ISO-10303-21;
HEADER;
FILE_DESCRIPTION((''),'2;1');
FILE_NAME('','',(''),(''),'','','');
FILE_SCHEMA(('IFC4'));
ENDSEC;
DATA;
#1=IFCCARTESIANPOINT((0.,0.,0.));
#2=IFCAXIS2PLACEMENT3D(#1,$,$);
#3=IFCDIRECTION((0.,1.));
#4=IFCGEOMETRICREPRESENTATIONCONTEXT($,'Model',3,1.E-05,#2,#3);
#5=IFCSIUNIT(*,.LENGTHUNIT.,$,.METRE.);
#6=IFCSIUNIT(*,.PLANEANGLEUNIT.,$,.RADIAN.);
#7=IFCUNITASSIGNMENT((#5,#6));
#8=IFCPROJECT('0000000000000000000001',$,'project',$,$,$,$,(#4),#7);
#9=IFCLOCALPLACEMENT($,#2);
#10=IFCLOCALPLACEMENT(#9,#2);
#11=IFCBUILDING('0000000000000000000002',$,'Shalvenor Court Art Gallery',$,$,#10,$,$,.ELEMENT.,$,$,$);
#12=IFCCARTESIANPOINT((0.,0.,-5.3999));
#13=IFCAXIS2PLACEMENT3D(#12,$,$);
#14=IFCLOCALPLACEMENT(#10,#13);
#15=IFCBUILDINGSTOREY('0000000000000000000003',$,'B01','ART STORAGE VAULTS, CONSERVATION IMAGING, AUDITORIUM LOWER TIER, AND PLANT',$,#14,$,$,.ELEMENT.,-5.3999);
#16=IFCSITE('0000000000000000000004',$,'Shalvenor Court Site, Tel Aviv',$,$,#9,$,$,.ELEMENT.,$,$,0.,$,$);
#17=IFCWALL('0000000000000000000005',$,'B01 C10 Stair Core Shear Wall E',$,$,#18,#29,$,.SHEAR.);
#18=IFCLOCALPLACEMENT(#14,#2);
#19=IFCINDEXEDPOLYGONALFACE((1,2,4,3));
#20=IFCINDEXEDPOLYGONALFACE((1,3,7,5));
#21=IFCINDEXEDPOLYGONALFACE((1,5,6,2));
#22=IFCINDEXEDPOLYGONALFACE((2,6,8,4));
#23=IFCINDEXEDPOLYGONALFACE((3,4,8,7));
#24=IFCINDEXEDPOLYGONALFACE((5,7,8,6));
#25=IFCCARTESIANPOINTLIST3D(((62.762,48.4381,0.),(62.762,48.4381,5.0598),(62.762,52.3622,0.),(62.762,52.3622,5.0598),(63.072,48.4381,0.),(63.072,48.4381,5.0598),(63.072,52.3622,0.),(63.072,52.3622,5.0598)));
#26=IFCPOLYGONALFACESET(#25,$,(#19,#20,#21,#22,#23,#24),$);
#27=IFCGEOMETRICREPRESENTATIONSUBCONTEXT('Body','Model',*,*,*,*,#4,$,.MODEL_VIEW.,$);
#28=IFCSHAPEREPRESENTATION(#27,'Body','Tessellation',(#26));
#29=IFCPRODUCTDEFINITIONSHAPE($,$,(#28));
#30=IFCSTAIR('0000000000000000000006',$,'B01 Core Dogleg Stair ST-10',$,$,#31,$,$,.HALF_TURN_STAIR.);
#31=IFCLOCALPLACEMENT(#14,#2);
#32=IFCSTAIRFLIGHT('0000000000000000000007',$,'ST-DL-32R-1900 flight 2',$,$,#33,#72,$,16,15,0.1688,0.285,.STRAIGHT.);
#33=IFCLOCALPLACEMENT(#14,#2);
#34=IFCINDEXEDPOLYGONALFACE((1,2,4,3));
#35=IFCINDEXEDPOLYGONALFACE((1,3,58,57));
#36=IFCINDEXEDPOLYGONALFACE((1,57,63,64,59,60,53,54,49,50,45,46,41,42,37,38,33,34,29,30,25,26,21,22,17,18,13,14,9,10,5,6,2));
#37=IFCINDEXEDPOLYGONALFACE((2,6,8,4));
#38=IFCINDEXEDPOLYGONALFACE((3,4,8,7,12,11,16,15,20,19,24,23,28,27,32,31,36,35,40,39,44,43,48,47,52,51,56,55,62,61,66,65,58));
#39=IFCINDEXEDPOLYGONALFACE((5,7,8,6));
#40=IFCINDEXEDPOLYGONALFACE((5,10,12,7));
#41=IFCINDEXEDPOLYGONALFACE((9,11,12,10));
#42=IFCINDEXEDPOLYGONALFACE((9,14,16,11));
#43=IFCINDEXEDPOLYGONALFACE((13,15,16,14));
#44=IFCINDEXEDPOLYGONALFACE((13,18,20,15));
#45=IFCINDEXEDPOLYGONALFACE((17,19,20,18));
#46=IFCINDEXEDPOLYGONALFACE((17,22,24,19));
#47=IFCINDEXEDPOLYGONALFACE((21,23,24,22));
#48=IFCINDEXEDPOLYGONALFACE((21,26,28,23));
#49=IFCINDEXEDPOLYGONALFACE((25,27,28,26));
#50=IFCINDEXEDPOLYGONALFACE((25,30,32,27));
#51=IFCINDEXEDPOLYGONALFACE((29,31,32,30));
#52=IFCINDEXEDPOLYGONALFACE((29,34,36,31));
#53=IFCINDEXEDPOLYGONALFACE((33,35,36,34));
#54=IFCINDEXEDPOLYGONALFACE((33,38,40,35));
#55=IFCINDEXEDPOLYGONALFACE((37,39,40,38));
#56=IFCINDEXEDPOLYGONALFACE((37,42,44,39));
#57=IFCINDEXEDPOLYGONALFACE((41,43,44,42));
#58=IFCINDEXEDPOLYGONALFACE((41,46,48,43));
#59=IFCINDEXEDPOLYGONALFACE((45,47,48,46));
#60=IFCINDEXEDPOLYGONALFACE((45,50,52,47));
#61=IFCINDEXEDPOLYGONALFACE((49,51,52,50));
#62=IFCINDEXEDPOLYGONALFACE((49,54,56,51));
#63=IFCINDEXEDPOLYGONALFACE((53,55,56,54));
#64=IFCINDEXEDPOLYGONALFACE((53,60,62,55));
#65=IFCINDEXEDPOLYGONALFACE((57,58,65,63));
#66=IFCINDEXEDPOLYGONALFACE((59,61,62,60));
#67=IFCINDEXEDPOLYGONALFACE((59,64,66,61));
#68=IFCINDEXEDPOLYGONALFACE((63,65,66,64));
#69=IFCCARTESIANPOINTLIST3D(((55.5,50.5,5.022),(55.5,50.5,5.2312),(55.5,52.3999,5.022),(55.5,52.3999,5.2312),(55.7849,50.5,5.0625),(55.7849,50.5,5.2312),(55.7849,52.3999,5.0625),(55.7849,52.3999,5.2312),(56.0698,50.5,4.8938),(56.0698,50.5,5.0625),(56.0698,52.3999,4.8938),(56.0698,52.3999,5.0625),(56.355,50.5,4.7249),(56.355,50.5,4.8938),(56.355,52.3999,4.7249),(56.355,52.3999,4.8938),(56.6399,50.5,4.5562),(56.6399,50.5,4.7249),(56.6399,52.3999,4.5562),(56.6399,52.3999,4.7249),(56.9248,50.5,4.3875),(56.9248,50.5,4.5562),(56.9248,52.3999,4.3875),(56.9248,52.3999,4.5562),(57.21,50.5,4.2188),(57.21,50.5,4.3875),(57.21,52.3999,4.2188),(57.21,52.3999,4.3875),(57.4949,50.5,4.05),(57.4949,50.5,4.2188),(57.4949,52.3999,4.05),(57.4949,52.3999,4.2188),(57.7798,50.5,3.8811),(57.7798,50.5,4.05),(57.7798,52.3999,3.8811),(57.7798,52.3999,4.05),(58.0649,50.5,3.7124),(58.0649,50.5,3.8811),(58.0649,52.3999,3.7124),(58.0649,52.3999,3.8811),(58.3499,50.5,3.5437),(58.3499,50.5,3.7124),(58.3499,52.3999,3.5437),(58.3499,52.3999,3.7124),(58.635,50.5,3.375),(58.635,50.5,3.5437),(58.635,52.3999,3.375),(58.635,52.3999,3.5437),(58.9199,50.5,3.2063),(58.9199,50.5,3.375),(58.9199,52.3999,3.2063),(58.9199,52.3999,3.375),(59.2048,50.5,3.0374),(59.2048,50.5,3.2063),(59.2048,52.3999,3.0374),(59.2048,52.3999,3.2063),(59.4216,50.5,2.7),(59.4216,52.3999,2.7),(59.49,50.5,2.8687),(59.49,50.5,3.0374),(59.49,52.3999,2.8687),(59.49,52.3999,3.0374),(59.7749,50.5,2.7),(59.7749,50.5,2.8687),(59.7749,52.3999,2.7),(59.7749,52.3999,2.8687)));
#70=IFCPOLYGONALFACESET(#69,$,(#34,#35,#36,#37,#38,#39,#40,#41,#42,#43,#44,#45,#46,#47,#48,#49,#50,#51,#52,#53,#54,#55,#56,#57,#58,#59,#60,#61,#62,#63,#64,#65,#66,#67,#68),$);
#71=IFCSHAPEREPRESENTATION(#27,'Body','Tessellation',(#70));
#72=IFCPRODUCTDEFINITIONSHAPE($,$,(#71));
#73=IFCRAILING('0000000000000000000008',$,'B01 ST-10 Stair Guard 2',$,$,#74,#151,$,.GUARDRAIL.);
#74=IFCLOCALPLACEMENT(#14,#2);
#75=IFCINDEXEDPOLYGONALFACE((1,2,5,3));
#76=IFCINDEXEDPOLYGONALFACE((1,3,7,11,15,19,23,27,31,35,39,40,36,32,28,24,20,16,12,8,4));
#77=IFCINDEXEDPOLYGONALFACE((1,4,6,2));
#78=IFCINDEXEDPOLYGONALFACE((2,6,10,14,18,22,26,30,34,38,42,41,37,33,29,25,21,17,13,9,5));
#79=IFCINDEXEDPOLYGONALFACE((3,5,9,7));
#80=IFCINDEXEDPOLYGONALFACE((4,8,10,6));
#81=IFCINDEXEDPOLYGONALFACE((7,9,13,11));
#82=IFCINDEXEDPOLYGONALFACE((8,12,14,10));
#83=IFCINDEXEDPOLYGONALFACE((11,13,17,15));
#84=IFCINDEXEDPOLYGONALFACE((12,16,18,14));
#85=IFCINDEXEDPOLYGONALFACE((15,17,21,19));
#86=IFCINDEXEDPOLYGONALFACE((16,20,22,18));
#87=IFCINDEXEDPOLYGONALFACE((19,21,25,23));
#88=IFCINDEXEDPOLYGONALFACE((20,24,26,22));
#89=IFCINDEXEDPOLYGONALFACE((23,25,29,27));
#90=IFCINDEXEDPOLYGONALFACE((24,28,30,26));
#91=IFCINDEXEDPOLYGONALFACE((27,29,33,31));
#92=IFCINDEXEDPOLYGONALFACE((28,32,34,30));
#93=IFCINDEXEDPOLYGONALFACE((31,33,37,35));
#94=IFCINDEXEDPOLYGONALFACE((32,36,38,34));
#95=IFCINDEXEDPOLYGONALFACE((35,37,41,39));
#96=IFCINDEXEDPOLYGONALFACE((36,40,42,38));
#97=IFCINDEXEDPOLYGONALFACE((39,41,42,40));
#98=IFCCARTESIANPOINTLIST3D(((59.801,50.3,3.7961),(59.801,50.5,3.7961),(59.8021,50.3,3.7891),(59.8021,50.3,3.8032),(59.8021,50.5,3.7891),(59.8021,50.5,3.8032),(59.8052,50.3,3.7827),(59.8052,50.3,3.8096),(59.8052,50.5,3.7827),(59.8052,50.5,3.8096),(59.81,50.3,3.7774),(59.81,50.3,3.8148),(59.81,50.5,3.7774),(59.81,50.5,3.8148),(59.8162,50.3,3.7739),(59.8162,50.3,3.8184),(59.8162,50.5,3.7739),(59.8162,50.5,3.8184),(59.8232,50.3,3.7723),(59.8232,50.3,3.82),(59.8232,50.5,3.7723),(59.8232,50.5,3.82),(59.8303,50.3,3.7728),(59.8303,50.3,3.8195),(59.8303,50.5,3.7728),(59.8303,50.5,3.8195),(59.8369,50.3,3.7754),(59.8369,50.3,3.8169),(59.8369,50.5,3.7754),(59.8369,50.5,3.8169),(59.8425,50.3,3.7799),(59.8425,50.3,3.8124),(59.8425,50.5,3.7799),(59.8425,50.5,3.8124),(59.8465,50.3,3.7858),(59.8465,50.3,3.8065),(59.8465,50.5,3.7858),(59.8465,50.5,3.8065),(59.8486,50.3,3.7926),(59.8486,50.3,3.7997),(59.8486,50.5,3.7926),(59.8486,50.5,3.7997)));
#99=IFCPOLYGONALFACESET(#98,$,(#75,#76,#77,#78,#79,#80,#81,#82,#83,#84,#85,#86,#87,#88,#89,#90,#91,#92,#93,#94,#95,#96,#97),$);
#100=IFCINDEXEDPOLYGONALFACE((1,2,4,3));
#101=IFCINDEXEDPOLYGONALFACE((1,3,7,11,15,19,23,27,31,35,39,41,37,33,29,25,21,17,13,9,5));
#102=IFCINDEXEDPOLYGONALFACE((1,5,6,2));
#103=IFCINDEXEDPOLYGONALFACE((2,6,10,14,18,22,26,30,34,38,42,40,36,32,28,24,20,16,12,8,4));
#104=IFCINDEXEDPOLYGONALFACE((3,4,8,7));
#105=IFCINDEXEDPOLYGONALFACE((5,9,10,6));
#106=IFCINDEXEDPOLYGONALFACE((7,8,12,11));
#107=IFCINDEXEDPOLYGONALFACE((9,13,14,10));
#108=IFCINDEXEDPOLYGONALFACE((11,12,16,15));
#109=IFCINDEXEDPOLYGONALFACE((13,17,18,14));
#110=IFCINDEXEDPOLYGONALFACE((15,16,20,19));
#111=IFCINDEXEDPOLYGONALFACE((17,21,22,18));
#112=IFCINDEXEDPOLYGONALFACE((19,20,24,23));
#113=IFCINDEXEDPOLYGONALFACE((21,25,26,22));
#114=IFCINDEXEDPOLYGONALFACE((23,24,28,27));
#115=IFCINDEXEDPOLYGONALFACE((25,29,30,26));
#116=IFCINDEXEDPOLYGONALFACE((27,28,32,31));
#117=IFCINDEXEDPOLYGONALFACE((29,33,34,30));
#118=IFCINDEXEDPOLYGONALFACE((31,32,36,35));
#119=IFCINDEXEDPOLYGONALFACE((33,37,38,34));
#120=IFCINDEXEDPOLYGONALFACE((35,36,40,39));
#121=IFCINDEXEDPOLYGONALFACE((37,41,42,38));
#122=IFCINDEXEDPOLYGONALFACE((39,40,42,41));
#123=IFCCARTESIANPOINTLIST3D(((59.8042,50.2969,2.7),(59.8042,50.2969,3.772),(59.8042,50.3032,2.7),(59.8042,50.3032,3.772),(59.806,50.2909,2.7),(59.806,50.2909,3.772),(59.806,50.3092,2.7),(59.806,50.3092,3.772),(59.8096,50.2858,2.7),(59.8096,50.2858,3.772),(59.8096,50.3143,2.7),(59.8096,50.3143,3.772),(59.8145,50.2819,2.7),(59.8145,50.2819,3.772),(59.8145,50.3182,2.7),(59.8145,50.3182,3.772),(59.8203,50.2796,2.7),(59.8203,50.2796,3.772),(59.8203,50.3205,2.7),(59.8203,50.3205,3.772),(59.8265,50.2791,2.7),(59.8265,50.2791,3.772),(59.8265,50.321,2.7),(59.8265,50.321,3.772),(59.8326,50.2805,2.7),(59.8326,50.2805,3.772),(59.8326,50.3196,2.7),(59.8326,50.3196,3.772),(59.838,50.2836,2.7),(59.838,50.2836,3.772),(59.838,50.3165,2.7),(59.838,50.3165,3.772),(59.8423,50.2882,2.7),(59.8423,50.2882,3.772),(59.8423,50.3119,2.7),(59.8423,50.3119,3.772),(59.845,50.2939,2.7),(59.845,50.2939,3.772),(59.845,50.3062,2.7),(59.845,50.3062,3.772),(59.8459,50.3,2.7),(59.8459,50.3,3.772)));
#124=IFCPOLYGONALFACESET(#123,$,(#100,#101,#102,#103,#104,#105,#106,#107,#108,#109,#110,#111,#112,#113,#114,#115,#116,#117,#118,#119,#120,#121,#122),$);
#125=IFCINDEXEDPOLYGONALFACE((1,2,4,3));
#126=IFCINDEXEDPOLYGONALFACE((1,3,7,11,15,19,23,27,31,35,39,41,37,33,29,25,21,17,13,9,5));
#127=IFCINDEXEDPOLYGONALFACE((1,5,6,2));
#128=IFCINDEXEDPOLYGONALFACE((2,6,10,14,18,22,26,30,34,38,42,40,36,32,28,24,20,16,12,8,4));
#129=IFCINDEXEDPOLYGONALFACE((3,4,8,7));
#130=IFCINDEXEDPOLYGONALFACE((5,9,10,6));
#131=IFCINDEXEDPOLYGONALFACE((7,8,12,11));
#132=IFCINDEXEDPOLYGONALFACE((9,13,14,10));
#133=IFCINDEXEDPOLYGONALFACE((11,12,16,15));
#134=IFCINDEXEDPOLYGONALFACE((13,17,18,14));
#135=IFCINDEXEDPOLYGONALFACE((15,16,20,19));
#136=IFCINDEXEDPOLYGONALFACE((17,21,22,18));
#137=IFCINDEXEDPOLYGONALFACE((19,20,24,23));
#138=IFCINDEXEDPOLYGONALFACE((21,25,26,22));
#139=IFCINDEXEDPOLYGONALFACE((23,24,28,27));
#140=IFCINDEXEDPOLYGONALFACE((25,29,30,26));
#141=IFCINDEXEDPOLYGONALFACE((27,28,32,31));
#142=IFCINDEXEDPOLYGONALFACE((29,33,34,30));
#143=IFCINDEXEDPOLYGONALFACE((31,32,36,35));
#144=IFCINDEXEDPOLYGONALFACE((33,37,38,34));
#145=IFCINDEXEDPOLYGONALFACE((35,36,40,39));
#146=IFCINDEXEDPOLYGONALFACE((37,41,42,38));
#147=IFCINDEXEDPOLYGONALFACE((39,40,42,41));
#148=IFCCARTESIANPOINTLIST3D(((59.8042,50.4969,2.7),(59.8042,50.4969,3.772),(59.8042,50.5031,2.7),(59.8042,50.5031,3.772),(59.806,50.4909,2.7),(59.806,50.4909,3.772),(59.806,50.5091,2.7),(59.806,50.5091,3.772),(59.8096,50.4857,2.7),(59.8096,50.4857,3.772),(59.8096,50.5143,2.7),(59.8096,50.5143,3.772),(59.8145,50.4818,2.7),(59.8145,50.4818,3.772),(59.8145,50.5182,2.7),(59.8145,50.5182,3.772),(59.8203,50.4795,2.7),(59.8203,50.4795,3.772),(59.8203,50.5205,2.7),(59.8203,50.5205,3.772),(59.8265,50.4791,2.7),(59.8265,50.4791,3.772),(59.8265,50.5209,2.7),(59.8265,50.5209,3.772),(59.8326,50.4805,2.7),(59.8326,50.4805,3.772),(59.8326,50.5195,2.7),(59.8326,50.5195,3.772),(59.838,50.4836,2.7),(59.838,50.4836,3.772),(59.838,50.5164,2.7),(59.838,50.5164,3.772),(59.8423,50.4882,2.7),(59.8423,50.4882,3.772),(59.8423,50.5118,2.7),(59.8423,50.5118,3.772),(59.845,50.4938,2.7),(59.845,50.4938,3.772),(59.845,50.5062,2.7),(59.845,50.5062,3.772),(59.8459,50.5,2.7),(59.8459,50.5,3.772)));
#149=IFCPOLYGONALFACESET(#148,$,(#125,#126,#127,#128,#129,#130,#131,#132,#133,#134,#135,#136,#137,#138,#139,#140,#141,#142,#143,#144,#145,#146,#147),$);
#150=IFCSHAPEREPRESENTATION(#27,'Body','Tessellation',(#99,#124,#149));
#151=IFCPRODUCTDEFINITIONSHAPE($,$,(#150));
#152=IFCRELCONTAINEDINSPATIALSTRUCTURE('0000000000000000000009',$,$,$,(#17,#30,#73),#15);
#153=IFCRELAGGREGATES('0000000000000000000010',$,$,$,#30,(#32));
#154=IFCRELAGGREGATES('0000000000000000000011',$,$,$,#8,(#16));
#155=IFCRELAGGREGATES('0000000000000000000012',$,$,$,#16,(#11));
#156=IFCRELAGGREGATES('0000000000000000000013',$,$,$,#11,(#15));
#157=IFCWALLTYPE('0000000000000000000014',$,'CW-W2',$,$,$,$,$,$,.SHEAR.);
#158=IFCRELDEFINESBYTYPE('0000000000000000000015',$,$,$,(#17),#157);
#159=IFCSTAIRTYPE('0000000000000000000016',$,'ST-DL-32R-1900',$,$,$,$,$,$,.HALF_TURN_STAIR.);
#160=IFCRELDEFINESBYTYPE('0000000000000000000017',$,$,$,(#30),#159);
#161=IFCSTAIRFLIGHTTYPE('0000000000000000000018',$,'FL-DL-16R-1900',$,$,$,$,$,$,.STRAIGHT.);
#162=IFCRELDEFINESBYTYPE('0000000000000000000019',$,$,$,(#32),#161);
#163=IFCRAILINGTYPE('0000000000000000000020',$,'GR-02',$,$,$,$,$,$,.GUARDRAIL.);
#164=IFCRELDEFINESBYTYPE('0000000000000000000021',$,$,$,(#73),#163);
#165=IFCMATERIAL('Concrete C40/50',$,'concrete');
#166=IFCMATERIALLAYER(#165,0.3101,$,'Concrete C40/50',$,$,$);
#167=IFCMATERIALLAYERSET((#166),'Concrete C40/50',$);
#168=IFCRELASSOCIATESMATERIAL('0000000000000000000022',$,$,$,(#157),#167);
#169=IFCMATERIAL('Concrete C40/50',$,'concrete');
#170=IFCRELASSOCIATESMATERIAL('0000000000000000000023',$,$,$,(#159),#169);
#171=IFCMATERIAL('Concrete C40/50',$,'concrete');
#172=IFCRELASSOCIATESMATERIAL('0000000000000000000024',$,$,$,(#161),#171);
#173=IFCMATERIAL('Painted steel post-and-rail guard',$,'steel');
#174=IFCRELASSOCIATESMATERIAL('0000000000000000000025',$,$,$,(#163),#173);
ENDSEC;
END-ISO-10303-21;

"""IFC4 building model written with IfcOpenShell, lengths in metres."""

from ifc_helpers import new_model, si_unit, direction, frame, frame_2d, origin, origin_2d, place, context, subcontext, project, spatial, polyline, rectangle, circle, outline, extrude, material, layer, layer_set, type_object, element, aggregate, save


model = new_model("IFC4")

# Units and contexts
model_context = context("Model", 3, precision=1e-05, world=origin(), true_north=direction((0.0, 1.0)))
body_context = subcontext(model_context, "Body", "Model", "MODEL_VIEW")
ifc_project = project(units=[si_unit("LENGTHUNIT", "METRE"), si_unit("PLANEANGLEUNIT", "RADIAN")], contexts=[model_context])

# Site, building, storey
site_placement = place(None, origin())
site = spatial("IfcSite", under=ifc_project, at=site_placement, Name="Shalvenor Court Site, Tel Aviv", CompositionType="ELEMENT", RefElevation=0.0)
building_placement = place(site_placement, origin())
building = spatial("IfcBuilding", under=site, at=building_placement, Name="Shalvenor Court Art Gallery", CompositionType="ELEMENT")
storey_placement = place(building_placement, frame((0.0, 0.0, -5.3999)))
storey = spatial("IfcBuildingStorey", under=building, at=storey_placement, Name="B01", Description="ART STORAGE VAULTS, CONSERVATION IMAGING, AUDITORIUM LOWER TIER, AND PLANT", CompositionType="ELEMENT", Elevation=-5.3999)

# Wall
ifc_material_1 = material(Name="Concrete C40/50", Category="concrete")
ifc_layer_1 = layer(ifc_material_1, 0.3101, Name="Concrete C40/50")
ifc_layer_set_1 = layer_set([ifc_layer_1], Name="Concrete C40/50")
wall_type_1 = type_object("IfcWallType", Name="CW-W2", PredefinedType="SHEAR", material=ifc_layer_set_1)
wall_1_placement = place(storey_placement, frame((62.917, 52.3621, 0.0), z_axis=(0.0, 0.0, 1.0), x_axis=(0.0, -1.0, 0.0)))
element("IfcWall", 1, at=wall_1_placement, inside=storey, type_object=wall_type_1, Name="B01 C10 Stair Core Shear Wall E", PredefinedType="SHEAR", context=body_context, shape_type="SweptSolid", body=[
    extrude(rectangle(XDim=3.9241, YDim=0.3101, at=frame_2d((1.9619, 0.0))), origin(), (0.0, 0.0, 1.0), 5.0598),
])

# Stair, stair flight
ifc_material_2 = material(Name="Concrete C40/50", Category="concrete")
stair_type = type_object("IfcStairType", Name="ST-DL-32R-1900", PredefinedType="HALF_TURN_STAIR", material=ifc_material_2)
stair_placement = place(storey_placement, origin())
stair = element("IfcStair", 2, at=stair_placement, inside=storey, type_object=stair_type, Name="B01 Core Dogleg Stair ST-10", PredefinedType="HALF_TURN_STAIR")
ifc_material_3 = material(Name="Concrete C40/50", Category="concrete")
stair_flight_type = type_object("IfcStairFlightType", Name="FL-DL-16R-1900", PredefinedType="STRAIGHT", material=ifc_material_3)
stair_flight_placement = place(storey_placement, frame((59.7749, 51.45, 2.7), z_axis=(0.0, 0.0, 1.0), x_axis=(-1.0, 0.0, 0.0)))
stair_flight = element("IfcStairFlight", 3, at=stair_flight_placement, type_object=stair_flight_type, Name="ST-DL-32R-1900 flight 2", NumberOfRisers=16, NumberOfTreads=15, PredefinedType="STRAIGHT", RiserHeight=0.1688, TreadLength=0.285, context=body_context, shape_type="SweptSolid", body=[
    extrude(outline(polyline([(0.0, 0.0), (0.0, 0.1687), (0.2849, 0.1687), (0.2849, 0.3374), (0.5701, 0.3374), (0.5701, 0.5063), (0.855, 0.5063), (0.855, 0.675), (1.1399, 0.675), (1.1399, 0.8438), (1.425, 0.8438), (1.425, 1.0125), (1.71, 1.0125), (1.71, 1.1812), (1.9951, 1.1812), (1.9951, 1.3501), (2.28, 1.3501), (2.28, 1.5188), (2.5649, 1.5188), (2.5649, 1.6875), (2.8501, 1.6875), (2.8501, 1.8562), (3.135, 1.8562), (3.135, 2.0249), (3.4199, 2.0249), (3.4199, 2.1938), (3.7051, 2.1938), (3.7051, 2.3625), (3.99, 2.3625), (3.99, 2.5312), (4.2749, 2.5312), (4.2749, 2.7), (4.2749, 2.322), (0.3533, 0.0), (0.0, 0.0)])), frame((0.0, 0.95, 0.0), z_axis=(0.0, -1.0, 0.0), x_axis=(1.0, 0.0, 0.0)), (0.0, 0.0, 1.0), 1.8999),
])
aggregate(stair, [stair_flight])

# Railing
ifc_material_4 = material(Name="Painted steel post-and-rail guard", Category="steel")
railing_type_1 = type_object("IfcRailingType", Name="GR-02", PredefinedType="GUARDRAIL", material=ifc_material_4)
railing_1_placement = place(storey_placement, frame((59.825, 50.3, 2.7)))
element("IfcRailing", 4, at=railing_1_placement, inside=storey, type_object=railing_type_1, Name="B01 ST-10 Stair Guard 2", PredefinedType="GUARDRAIL", context=body_context, shape_type="SweptSolid", body=[
    extrude(circle(Radius=0.0239, at=origin_2d()), frame((0.0, 0.0, 1.0962), z_axis=(0.0, 1.0, 0.0), x_axis=(-1.0, 0.0, 0.0)), (0.0, 0.0, 1.0), 0.2),
    extrude(circle(Radius=0.021, at=origin_2d()), origin(), (0.0, 0.0, 1.0), 1.072),
    extrude(circle(Radius=0.021, at=origin_2d()), frame((0.0, 0.2, 0.0)), (0.0, 0.0, 1.0), 1.072),
])

save(model, "model.ifc")
